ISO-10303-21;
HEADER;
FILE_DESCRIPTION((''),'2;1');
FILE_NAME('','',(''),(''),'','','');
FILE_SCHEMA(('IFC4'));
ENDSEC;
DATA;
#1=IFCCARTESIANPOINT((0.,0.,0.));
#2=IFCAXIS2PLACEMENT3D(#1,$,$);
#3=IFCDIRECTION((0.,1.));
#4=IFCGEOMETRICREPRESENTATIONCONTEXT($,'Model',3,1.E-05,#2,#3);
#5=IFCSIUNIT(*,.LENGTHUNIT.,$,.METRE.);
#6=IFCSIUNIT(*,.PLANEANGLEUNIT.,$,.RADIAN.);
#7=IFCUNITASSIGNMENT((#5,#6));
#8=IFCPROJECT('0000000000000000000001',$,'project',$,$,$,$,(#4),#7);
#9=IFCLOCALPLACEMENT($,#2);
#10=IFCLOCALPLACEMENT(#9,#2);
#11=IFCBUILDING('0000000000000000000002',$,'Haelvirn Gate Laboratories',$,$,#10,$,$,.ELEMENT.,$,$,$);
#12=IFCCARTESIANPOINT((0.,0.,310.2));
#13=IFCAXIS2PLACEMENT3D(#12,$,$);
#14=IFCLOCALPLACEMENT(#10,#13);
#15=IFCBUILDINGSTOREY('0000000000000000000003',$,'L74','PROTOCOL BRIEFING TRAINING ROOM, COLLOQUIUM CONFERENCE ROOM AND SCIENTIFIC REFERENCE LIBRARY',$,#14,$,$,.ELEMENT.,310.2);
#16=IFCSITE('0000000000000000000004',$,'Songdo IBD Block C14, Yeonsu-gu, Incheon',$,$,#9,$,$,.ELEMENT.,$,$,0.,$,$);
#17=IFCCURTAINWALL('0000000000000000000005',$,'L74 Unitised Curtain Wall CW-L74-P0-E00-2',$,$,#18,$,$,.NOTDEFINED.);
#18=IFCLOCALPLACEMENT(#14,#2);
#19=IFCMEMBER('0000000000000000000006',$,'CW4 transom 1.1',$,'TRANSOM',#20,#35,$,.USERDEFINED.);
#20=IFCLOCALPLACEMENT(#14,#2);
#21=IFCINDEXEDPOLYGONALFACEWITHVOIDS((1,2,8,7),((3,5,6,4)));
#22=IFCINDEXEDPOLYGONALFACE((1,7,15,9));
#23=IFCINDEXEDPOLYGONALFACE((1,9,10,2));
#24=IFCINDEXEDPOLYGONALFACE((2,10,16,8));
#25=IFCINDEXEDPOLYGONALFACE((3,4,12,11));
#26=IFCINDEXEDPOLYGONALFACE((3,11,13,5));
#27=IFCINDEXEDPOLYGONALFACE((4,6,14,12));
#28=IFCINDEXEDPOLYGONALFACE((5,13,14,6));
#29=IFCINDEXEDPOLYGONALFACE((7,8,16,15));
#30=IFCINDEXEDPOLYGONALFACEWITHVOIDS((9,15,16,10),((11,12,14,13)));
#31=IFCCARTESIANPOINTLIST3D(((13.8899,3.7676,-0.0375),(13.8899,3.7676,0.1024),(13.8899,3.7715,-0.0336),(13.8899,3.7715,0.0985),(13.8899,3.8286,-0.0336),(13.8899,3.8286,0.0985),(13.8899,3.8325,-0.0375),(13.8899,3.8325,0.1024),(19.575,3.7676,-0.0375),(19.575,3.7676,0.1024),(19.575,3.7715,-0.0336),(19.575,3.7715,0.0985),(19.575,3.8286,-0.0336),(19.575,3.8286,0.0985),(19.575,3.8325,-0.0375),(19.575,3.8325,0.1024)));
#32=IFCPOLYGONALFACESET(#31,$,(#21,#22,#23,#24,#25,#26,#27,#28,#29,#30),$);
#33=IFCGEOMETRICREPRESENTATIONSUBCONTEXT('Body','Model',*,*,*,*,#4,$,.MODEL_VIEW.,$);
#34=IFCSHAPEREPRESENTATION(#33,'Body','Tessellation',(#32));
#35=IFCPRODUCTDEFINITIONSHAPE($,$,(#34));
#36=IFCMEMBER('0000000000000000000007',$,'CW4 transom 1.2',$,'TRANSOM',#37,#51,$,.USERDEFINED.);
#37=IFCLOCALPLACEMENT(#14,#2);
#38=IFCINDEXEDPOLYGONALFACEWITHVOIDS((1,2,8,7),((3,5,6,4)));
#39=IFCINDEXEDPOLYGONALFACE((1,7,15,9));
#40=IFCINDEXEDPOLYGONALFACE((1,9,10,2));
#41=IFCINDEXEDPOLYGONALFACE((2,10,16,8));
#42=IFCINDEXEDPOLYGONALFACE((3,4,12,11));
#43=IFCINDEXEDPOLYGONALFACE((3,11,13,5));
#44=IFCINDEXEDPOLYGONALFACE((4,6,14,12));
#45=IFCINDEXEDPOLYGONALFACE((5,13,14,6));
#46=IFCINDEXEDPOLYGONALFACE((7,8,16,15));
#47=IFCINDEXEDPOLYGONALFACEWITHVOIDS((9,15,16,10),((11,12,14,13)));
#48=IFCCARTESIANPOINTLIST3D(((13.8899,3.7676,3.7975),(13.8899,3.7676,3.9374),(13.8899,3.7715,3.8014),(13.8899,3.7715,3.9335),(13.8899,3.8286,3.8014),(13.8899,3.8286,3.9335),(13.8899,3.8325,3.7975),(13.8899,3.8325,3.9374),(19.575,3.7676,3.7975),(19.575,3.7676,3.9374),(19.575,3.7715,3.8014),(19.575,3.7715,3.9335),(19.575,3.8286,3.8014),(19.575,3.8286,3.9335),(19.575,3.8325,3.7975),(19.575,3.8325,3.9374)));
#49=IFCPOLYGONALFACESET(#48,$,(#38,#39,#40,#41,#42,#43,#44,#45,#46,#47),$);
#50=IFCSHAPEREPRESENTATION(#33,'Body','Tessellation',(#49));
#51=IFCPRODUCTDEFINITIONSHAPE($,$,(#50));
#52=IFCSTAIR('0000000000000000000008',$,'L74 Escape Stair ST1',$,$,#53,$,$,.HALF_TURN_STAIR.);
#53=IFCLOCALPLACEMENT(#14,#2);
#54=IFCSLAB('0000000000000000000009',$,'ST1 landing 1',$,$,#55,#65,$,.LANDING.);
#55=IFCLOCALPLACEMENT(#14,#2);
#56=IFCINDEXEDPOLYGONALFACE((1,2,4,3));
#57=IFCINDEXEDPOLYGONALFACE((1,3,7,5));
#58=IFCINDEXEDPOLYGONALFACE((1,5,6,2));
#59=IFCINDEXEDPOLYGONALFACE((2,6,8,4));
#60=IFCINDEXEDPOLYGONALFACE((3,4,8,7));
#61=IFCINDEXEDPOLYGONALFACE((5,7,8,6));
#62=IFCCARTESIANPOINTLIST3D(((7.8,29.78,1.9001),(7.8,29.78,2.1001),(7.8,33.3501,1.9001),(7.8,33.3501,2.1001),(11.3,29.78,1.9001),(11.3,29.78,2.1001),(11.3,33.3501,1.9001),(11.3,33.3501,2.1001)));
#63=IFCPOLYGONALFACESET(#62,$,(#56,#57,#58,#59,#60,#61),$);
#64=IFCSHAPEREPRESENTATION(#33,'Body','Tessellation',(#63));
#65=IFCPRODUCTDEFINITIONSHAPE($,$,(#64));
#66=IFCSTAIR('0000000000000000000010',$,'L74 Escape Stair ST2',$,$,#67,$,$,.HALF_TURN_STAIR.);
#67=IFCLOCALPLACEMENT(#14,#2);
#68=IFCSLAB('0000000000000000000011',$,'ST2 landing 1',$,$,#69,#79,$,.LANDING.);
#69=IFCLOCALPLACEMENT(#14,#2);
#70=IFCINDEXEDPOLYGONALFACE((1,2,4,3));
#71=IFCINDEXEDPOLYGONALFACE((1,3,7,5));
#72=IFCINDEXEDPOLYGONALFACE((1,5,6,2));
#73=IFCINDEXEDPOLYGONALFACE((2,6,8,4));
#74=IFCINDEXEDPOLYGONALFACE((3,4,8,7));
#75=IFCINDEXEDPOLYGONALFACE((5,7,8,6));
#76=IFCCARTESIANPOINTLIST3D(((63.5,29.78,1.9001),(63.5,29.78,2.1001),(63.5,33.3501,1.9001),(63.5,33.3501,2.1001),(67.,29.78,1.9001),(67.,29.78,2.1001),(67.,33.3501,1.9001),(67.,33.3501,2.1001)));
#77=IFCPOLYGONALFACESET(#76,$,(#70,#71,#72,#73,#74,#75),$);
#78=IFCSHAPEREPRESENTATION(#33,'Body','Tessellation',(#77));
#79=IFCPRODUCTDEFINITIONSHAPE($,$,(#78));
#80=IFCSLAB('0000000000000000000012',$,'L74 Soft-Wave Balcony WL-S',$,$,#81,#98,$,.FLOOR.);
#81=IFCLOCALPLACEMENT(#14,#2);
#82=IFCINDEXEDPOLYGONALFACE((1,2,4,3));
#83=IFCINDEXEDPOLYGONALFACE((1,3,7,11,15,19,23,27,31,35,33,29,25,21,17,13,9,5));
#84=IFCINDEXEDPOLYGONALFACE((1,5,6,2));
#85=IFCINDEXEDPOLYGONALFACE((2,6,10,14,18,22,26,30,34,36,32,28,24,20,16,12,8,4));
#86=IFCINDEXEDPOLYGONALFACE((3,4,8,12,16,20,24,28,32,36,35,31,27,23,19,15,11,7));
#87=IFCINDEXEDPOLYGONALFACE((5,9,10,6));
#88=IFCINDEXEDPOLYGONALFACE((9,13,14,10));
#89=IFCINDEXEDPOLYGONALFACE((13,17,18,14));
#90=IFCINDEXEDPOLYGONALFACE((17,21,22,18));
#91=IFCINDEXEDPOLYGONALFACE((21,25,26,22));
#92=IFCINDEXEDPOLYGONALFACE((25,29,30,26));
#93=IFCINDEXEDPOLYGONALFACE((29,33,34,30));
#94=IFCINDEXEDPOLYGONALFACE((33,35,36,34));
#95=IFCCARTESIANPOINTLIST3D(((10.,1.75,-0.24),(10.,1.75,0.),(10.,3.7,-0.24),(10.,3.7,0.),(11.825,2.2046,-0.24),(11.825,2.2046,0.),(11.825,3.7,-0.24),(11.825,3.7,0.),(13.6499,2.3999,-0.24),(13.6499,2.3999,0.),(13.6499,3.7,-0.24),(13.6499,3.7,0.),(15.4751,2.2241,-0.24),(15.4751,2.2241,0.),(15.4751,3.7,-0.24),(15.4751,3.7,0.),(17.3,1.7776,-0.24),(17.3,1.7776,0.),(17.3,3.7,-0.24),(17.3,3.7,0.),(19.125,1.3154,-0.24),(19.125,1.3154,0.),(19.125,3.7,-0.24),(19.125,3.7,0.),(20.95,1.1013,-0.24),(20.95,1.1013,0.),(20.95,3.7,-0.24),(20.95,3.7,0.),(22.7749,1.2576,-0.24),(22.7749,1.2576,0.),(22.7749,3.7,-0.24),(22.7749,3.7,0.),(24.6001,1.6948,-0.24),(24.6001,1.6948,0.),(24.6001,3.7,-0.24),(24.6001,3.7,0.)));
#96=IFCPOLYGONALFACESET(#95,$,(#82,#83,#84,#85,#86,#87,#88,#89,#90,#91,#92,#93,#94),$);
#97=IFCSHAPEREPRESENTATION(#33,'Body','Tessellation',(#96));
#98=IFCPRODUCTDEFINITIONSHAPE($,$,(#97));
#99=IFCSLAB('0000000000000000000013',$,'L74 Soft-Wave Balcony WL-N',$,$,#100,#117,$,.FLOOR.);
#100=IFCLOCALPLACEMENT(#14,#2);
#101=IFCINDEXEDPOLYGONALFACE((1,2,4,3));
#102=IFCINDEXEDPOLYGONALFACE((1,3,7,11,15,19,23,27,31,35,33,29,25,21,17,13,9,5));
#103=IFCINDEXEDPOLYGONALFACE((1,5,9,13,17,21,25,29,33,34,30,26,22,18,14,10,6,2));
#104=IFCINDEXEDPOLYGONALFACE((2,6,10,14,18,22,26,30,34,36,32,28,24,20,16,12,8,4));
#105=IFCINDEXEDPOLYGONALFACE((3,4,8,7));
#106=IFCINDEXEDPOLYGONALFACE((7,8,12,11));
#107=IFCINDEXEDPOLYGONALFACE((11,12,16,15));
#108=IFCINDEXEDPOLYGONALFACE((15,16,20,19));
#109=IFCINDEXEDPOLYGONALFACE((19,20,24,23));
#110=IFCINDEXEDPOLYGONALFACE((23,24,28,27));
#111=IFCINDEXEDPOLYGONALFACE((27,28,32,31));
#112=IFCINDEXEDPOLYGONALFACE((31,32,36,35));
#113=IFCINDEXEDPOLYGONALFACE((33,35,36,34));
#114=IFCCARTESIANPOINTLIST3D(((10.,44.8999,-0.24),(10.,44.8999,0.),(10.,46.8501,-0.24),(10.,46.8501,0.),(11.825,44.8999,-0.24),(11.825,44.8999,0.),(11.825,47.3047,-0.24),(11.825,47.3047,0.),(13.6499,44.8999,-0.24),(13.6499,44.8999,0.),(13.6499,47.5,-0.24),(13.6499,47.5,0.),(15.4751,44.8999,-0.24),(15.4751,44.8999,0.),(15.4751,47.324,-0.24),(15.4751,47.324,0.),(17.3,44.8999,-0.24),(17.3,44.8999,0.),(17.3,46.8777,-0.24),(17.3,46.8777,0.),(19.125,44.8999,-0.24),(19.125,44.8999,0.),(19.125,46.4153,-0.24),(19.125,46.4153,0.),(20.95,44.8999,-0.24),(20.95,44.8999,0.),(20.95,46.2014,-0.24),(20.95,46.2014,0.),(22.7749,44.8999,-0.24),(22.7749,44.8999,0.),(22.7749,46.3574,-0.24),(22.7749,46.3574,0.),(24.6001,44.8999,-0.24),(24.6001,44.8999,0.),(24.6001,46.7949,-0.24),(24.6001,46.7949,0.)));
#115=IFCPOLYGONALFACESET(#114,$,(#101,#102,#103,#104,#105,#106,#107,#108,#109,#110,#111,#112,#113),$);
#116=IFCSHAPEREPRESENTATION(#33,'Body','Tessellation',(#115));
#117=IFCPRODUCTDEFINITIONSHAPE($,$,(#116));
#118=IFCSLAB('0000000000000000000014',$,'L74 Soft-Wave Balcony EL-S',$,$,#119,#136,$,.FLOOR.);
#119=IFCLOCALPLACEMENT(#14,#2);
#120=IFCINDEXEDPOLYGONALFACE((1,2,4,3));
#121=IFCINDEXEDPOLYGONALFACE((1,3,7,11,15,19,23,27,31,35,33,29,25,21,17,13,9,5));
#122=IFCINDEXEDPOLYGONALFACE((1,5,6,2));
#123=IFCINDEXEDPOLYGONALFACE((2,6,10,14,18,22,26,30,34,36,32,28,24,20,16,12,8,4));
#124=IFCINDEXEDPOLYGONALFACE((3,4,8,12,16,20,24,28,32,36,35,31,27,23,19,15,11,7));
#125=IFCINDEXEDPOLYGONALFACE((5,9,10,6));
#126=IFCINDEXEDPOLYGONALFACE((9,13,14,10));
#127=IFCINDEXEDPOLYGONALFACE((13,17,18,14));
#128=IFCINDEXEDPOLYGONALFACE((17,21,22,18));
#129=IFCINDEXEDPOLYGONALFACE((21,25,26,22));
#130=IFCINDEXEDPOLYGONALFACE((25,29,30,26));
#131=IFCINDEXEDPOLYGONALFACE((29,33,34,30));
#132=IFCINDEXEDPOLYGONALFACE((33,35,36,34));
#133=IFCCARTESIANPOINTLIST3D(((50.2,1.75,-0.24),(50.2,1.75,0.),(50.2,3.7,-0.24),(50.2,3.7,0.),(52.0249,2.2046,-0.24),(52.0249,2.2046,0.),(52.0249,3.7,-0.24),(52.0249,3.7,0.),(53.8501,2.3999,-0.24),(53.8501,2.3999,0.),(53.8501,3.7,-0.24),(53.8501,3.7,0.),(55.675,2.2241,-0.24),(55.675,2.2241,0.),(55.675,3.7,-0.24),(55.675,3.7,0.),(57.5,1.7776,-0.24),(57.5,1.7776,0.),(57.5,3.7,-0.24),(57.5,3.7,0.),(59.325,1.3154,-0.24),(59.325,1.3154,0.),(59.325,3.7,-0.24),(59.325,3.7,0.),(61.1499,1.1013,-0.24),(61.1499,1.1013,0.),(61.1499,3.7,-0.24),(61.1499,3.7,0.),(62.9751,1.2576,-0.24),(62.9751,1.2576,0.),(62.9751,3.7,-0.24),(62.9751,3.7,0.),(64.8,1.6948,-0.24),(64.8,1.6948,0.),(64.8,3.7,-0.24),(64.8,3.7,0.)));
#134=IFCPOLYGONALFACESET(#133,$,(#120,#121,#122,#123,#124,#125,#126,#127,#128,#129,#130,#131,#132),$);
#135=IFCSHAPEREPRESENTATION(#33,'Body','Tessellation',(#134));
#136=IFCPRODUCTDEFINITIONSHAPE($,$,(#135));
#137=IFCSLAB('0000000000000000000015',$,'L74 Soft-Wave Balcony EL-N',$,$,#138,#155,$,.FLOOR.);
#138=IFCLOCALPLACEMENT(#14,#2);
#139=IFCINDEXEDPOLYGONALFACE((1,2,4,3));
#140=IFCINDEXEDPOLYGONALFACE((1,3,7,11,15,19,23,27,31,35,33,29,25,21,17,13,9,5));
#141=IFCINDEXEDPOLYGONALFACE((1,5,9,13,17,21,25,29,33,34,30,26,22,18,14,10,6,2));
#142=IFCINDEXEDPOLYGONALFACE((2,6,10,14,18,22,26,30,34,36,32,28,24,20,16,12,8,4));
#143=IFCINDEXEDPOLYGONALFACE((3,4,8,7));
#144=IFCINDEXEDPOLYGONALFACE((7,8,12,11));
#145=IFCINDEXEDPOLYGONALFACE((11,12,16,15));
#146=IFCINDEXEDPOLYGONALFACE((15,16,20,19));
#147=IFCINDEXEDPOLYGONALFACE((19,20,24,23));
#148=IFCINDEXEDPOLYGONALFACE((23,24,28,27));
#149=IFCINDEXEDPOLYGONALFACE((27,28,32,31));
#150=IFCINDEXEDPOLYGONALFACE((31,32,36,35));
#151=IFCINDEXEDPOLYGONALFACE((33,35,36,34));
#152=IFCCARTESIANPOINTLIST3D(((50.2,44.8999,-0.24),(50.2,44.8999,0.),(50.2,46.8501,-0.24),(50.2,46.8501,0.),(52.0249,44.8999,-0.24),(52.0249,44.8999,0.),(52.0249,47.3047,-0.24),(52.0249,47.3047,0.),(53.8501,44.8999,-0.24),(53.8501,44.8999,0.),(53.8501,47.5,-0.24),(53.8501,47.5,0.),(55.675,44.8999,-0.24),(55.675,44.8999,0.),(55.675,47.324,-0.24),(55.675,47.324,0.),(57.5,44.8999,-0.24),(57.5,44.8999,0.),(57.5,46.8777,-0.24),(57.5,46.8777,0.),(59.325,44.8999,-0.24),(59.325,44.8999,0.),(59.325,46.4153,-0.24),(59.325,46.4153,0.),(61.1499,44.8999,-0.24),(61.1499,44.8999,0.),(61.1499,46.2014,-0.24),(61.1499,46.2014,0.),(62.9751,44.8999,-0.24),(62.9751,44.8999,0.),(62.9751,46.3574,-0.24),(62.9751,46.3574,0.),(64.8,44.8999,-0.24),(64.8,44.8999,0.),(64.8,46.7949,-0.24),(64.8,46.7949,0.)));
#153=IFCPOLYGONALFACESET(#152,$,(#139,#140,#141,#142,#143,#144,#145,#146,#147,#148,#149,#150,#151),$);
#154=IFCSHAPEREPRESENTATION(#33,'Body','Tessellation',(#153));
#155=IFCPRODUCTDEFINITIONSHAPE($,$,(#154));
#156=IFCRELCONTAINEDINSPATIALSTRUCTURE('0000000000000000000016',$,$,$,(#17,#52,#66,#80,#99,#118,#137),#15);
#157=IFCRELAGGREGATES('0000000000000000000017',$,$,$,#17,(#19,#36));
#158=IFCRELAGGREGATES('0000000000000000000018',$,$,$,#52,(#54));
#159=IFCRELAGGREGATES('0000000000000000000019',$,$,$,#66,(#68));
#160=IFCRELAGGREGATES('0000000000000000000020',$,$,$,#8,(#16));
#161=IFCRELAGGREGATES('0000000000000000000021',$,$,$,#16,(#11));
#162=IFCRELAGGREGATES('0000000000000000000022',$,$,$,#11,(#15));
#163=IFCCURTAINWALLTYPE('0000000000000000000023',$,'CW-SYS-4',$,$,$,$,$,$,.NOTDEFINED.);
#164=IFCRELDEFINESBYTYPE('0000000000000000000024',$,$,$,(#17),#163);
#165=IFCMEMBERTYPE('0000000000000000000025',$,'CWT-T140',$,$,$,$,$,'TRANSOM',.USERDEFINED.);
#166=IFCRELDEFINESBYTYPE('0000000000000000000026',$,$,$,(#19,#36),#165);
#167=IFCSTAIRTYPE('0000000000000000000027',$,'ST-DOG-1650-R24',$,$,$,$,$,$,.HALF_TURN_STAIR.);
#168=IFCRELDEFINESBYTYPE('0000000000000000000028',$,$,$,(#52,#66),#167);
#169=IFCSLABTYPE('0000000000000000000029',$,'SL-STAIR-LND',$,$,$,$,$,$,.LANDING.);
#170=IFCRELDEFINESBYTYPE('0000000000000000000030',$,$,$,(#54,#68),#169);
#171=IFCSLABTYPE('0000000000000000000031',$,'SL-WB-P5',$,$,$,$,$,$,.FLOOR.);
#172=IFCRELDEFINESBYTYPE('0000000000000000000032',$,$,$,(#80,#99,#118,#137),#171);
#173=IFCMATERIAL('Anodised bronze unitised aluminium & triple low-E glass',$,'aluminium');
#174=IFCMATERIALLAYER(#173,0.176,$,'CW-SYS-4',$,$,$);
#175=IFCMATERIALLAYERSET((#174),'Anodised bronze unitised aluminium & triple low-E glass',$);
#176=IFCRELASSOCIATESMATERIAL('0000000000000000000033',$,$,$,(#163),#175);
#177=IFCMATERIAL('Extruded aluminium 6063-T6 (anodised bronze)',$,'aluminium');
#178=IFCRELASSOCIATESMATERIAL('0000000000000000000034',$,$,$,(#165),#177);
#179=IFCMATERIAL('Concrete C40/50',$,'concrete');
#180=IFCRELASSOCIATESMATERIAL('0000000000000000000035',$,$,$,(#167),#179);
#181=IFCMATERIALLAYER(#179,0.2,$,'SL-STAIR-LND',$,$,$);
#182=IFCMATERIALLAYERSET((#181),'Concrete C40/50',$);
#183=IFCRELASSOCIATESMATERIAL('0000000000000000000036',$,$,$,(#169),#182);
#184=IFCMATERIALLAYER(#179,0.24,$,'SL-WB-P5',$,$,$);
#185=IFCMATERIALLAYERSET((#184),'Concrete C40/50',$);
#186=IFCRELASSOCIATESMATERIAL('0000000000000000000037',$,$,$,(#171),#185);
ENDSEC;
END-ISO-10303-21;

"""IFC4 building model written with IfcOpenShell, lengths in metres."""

from ifc_helpers import new_model, si_unit, direction, frame, origin, origin_2d, place, context, subcontext, project, spatial, polyline, hollow_rectangle, outline, extrude, source, transform, mapped, material, layer, layer_set, material_profile, profile_set, type_object, element, aggregate, save


model = new_model("IFC4")

# Units and contexts
model_context = context("Model", 3, precision=1e-05, world=origin(), true_north=direction((0.0, 1.0)))
body_context = subcontext(model_context, "Body", "Model", "MODEL_VIEW")
ifc_project = project(units=[si_unit("LENGTHUNIT", "METRE"), si_unit("PLANEANGLEUNIT", "RADIAN")], contexts=[model_context])

# Site, building, storey
site_placement = place(None, origin())
site = spatial("IfcSite", under=ifc_project, at=site_placement, Name="Songdo IBD Block C14, Yeonsu-gu, Incheon", CompositionType="ELEMENT", RefElevation=0.0)
building_placement = place(site_placement, origin())
building = spatial("IfcBuilding", under=site, at=building_placement, Name="Haelvirn Gate Laboratories", CompositionType="ELEMENT")
storey_placement = place(building_placement, frame((0.0, 0.0, 310.2)))
storey = spatial("IfcBuildingStorey", under=building, at=storey_placement, Name="L74", Description="PROTOCOL BRIEFING TRAINING ROOM, COLLOQUIUM CONFERENCE ROOM AND SCIENTIFIC REFERENCE LIBRARY", CompositionType="ELEMENT", Elevation=310.2)

# Shared definitions
ifc_material_1 = material(Name="Anodised bronze unitised aluminium & triple low-E glass", Category="aluminium")
ifc_layer_1 = layer(ifc_material_1, 0.176, Name="CW-SYS-4")
ifc_layer_set_1 = layer_set([ifc_layer_1], Name="Anodised bronze unitised aluminium & triple low-E glass")
curtain_wall_type = type_object("IfcCurtainWallType", Name="CW-SYS-4", PredefinedType="NOTDEFINED", material=ifc_layer_set_1)
ifc_material_2 = material(Name="Extruded aluminium 6063-T6 (anodised bronze)", Category="aluminium")
ifc_material_profile_1 = material_profile(ifc_material_2, hollow_rectangle(XDim=0.0649, YDim=0.1399, WallThickness=0.0039, at=origin_2d()), Name="CWT-140x65x4")
ifc_profile_set_1 = profile_set([ifc_material_profile_1], Name="Extruded aluminium 6063-T6 (anodised bronze)")
member_type_1 = type_object("IfcMemberType", Name="CWT-T140", ElementType="TRANSOM", PredefinedType="USERDEFINED", material=ifc_profile_set_1)

# Curtain wall
curtain_wall_1_placement = place(storey_placement, origin())
curtain_wall_1 = element("IfcCurtainWall", 1, at=curtain_wall_1_placement, inside=storey, type_object=curtain_wall_type, Name="L74 Unitised Curtain Wall CW-L74-P0-E00-2", PredefinedType="NOTDEFINED")

# Members
shared_shape_1 = source(origin(), body_context, "Body", "SweptSolid", [
    extrude(hollow_rectangle(XDim=0.0649, YDim=0.1399, WallThickness=0.0039, at=origin_2d()), origin(), (0.0, 0.0, 1.0), 5.6851),
])
member_1_placement = place(storey_placement, frame((13.8899, 3.8, 0.0325), z_axis=(1.0, 0.0, 0.0), x_axis=(0.0, 1.0, 0.0)))
member_1 = element("IfcMember", 2, at=member_1_placement, type_object=member_type_1, Name="CW4 transom 1.1", ObjectType="TRANSOM", PredefinedType="USERDEFINED", context=body_context, shape_type="MappedRepresentation", body=[
    mapped(shared_shape_1, transform((0.0, 0.0, 0.0), scale=1.0)),
])
member_2_placement = place(storey_placement, frame((13.8899, 3.8, 3.8674), z_axis=(1.0, 0.0, 0.0), x_axis=(0.0, 1.0, 0.0)))
member_2 = element("IfcMember", 3, at=member_2_placement, type_object=member_type_1, Name="CW4 transom 1.2", ObjectType="TRANSOM", PredefinedType="USERDEFINED", context=body_context, shape_type="MappedRepresentation", body=[
    mapped(shared_shape_1, transform((0.0, 0.0, 0.0), scale=1.0)),
])
aggregate(curtain_wall_1, [member_1, member_2])

# Stairs, slabs
ifc_material_3 = material(Name="Concrete C40/50", Category="concrete")
stair_type = type_object("IfcStairType", Name="ST-DOG-1650-R24", PredefinedType="HALF_TURN_STAIR", material=ifc_material_3)
stair_1_placement = place(storey_placement, origin())
stair_1 = element("IfcStair", 4, at=stair_1_placement, inside=storey, type_object=stair_type, Name="L74 Escape Stair ST1", PredefinedType="HALF_TURN_STAIR")
ifc_layer_2 = layer(ifc_material_3, 0.2, Name="SL-STAIR-LND")
ifc_layer_set_2 = layer_set([ifc_layer_2], Name="Concrete C40/50")
slab_type_1 = type_object("IfcSlabType", Name="SL-STAIR-LND", PredefinedType="LANDING", material=ifc_layer_set_2)
slab_1_placement = place(storey_placement, frame((0.0, 0.0, 1.9001)))
slab_1 = element("IfcSlab", 5, at=slab_1_placement, type_object=slab_type_1, Name="ST1 landing 1", PredefinedType="LANDING", context=body_context, shape_type="SweptSolid", body=[
    extrude(outline(polyline([(11.3, 29.78), (11.3, 33.3501), (7.8, 33.3501), (7.8, 29.78), (11.3, 29.78)])), origin(), (0.0, 0.0, 1.0), 0.2),
])
aggregate(stair_1, [slab_1])
stair_2_placement = place(storey_placement, origin())
stair_2 = element("IfcStair", 6, at=stair_2_placement, inside=storey, type_object=stair_type, Name="L74 Escape Stair ST2", PredefinedType="HALF_TURN_STAIR")
slab_2_placement = place(storey_placement, frame((0.0, 0.0, 1.9001)))
slab_2 = element("IfcSlab", 7, at=slab_2_placement, type_object=slab_type_1, Name="ST2 landing 1", PredefinedType="LANDING", context=body_context, shape_type="SweptSolid", body=[
    extrude(outline(polyline([(67.0, 29.78), (67.0, 33.3501), (63.5, 33.3501), (63.5, 29.78), (67.0, 29.78)])), origin(), (0.0, 0.0, 1.0), 0.2),
])
aggregate(stair_2, [slab_2])

# Slabs
ifc_layer_3 = layer(ifc_material_3, 0.24, Name="SL-WB-P5")
ifc_layer_set_3 = layer_set([ifc_layer_3], Name="Concrete C40/50")
slab_type_2 = type_object("IfcSlabType", Name="SL-WB-P5", PredefinedType="FLOOR", material=ifc_layer_set_3)
slab_3_placement = place(storey_placement, frame((0.0, 0.0, -0.24)))
element("IfcSlab", 8, at=slab_3_placement, inside=storey, type_object=slab_type_2, Name="L74 Soft-Wave Balcony WL-S", PredefinedType="FLOOR", context=body_context, shape_type="SweptSolid", body=[
    extrude(outline(polyline([(10.0, 1.75), (11.825, 2.2046), (13.6499, 2.3999), (15.4751, 2.2241), (17.3, 1.7776), (19.125, 1.3154), (20.95, 1.1013), (22.7749, 1.2576), (24.6001, 1.6948), (24.6001, 3.7), (22.7749, 3.7), (20.95, 3.7), (19.125, 3.7), (17.3, 3.7), (15.4751, 3.7), (13.6499, 3.7), (11.825, 3.7), (10.0, 3.7), (10.0, 1.75)])), origin(), (0.0, 0.0, 1.0), 0.24),
])
slab_4_placement = place(storey_placement, frame((0.0, 0.0, -0.24)))
element("IfcSlab", 9, at=slab_4_placement, inside=storey, type_object=slab_type_2, Name="L74 Soft-Wave Balcony WL-N", PredefinedType="FLOOR", context=body_context, shape_type="SweptSolid", body=[
    extrude(outline(polyline([(10.0, 44.8999), (11.825, 44.8999), (13.6499, 44.8999), (15.4751, 44.8999), (17.3, 44.8999), (19.125, 44.8999), (20.95, 44.8999), (22.7749, 44.8999), (24.6001, 44.8999), (24.6001, 46.7949), (22.7749, 46.3574), (20.95, 46.2014), (19.125, 46.4153), (17.3, 46.8777), (15.4751, 47.324), (13.6499, 47.5), (11.825, 47.3047), (10.0, 46.8501), (10.0, 44.8999)])), origin(), (0.0, 0.0, 1.0), 0.24),
])
slab_5_placement = place(storey_placement, frame((0.0, 0.0, -0.24)))
element("IfcSlab", 10, at=slab_5_placement, inside=storey, type_object=slab_type_2, Name="L74 Soft-Wave Balcony EL-S", PredefinedType="FLOOR", context=body_context, shape_type="SweptSolid", body=[
    extrude(outline(polyline([(50.2, 1.75), (52.0249, 2.2046), (53.8501, 2.3999), (55.675, 2.2241), (57.5, 1.7776), (59.325, 1.3154), (61.1499, 1.1013), (62.9751, 1.2576), (64.8, 1.6948), (64.8, 3.7), (62.9751, 3.7), (61.1499, 3.7), (59.325, 3.7), (57.5, 3.7), (55.675, 3.7), (53.8501, 3.7), (52.0249, 3.7), (50.2, 3.7), (50.2, 1.75)])), origin(), (0.0, 0.0, 1.0), 0.24),
])
slab_6_placement = place(storey_placement, frame((0.0, 0.0, -0.24)))
element("IfcSlab", 11, at=slab_6_placement, inside=storey, type_object=slab_type_2, Name="L74 Soft-Wave Balcony EL-N", PredefinedType="FLOOR", context=body_context, shape_type="SweptSolid", body=[
    extrude(outline(polyline([(50.2, 44.8999), (52.0249, 44.8999), (53.8501, 44.8999), (55.675, 44.8999), (57.5, 44.8999), (59.325, 44.8999), (61.1499, 44.8999), (62.9751, 44.8999), (64.8, 44.8999), (64.8, 46.7949), (62.9751, 46.3574), (61.1499, 46.2014), (59.325, 46.4153), (57.5, 46.8777), (55.675, 47.324), (53.8501, 47.5), (52.0249, 47.3047), (50.2, 46.8501), (50.2, 44.8999)])), origin(), (0.0, 0.0, 1.0), 0.24),
])

save(model, "model.ifc")
